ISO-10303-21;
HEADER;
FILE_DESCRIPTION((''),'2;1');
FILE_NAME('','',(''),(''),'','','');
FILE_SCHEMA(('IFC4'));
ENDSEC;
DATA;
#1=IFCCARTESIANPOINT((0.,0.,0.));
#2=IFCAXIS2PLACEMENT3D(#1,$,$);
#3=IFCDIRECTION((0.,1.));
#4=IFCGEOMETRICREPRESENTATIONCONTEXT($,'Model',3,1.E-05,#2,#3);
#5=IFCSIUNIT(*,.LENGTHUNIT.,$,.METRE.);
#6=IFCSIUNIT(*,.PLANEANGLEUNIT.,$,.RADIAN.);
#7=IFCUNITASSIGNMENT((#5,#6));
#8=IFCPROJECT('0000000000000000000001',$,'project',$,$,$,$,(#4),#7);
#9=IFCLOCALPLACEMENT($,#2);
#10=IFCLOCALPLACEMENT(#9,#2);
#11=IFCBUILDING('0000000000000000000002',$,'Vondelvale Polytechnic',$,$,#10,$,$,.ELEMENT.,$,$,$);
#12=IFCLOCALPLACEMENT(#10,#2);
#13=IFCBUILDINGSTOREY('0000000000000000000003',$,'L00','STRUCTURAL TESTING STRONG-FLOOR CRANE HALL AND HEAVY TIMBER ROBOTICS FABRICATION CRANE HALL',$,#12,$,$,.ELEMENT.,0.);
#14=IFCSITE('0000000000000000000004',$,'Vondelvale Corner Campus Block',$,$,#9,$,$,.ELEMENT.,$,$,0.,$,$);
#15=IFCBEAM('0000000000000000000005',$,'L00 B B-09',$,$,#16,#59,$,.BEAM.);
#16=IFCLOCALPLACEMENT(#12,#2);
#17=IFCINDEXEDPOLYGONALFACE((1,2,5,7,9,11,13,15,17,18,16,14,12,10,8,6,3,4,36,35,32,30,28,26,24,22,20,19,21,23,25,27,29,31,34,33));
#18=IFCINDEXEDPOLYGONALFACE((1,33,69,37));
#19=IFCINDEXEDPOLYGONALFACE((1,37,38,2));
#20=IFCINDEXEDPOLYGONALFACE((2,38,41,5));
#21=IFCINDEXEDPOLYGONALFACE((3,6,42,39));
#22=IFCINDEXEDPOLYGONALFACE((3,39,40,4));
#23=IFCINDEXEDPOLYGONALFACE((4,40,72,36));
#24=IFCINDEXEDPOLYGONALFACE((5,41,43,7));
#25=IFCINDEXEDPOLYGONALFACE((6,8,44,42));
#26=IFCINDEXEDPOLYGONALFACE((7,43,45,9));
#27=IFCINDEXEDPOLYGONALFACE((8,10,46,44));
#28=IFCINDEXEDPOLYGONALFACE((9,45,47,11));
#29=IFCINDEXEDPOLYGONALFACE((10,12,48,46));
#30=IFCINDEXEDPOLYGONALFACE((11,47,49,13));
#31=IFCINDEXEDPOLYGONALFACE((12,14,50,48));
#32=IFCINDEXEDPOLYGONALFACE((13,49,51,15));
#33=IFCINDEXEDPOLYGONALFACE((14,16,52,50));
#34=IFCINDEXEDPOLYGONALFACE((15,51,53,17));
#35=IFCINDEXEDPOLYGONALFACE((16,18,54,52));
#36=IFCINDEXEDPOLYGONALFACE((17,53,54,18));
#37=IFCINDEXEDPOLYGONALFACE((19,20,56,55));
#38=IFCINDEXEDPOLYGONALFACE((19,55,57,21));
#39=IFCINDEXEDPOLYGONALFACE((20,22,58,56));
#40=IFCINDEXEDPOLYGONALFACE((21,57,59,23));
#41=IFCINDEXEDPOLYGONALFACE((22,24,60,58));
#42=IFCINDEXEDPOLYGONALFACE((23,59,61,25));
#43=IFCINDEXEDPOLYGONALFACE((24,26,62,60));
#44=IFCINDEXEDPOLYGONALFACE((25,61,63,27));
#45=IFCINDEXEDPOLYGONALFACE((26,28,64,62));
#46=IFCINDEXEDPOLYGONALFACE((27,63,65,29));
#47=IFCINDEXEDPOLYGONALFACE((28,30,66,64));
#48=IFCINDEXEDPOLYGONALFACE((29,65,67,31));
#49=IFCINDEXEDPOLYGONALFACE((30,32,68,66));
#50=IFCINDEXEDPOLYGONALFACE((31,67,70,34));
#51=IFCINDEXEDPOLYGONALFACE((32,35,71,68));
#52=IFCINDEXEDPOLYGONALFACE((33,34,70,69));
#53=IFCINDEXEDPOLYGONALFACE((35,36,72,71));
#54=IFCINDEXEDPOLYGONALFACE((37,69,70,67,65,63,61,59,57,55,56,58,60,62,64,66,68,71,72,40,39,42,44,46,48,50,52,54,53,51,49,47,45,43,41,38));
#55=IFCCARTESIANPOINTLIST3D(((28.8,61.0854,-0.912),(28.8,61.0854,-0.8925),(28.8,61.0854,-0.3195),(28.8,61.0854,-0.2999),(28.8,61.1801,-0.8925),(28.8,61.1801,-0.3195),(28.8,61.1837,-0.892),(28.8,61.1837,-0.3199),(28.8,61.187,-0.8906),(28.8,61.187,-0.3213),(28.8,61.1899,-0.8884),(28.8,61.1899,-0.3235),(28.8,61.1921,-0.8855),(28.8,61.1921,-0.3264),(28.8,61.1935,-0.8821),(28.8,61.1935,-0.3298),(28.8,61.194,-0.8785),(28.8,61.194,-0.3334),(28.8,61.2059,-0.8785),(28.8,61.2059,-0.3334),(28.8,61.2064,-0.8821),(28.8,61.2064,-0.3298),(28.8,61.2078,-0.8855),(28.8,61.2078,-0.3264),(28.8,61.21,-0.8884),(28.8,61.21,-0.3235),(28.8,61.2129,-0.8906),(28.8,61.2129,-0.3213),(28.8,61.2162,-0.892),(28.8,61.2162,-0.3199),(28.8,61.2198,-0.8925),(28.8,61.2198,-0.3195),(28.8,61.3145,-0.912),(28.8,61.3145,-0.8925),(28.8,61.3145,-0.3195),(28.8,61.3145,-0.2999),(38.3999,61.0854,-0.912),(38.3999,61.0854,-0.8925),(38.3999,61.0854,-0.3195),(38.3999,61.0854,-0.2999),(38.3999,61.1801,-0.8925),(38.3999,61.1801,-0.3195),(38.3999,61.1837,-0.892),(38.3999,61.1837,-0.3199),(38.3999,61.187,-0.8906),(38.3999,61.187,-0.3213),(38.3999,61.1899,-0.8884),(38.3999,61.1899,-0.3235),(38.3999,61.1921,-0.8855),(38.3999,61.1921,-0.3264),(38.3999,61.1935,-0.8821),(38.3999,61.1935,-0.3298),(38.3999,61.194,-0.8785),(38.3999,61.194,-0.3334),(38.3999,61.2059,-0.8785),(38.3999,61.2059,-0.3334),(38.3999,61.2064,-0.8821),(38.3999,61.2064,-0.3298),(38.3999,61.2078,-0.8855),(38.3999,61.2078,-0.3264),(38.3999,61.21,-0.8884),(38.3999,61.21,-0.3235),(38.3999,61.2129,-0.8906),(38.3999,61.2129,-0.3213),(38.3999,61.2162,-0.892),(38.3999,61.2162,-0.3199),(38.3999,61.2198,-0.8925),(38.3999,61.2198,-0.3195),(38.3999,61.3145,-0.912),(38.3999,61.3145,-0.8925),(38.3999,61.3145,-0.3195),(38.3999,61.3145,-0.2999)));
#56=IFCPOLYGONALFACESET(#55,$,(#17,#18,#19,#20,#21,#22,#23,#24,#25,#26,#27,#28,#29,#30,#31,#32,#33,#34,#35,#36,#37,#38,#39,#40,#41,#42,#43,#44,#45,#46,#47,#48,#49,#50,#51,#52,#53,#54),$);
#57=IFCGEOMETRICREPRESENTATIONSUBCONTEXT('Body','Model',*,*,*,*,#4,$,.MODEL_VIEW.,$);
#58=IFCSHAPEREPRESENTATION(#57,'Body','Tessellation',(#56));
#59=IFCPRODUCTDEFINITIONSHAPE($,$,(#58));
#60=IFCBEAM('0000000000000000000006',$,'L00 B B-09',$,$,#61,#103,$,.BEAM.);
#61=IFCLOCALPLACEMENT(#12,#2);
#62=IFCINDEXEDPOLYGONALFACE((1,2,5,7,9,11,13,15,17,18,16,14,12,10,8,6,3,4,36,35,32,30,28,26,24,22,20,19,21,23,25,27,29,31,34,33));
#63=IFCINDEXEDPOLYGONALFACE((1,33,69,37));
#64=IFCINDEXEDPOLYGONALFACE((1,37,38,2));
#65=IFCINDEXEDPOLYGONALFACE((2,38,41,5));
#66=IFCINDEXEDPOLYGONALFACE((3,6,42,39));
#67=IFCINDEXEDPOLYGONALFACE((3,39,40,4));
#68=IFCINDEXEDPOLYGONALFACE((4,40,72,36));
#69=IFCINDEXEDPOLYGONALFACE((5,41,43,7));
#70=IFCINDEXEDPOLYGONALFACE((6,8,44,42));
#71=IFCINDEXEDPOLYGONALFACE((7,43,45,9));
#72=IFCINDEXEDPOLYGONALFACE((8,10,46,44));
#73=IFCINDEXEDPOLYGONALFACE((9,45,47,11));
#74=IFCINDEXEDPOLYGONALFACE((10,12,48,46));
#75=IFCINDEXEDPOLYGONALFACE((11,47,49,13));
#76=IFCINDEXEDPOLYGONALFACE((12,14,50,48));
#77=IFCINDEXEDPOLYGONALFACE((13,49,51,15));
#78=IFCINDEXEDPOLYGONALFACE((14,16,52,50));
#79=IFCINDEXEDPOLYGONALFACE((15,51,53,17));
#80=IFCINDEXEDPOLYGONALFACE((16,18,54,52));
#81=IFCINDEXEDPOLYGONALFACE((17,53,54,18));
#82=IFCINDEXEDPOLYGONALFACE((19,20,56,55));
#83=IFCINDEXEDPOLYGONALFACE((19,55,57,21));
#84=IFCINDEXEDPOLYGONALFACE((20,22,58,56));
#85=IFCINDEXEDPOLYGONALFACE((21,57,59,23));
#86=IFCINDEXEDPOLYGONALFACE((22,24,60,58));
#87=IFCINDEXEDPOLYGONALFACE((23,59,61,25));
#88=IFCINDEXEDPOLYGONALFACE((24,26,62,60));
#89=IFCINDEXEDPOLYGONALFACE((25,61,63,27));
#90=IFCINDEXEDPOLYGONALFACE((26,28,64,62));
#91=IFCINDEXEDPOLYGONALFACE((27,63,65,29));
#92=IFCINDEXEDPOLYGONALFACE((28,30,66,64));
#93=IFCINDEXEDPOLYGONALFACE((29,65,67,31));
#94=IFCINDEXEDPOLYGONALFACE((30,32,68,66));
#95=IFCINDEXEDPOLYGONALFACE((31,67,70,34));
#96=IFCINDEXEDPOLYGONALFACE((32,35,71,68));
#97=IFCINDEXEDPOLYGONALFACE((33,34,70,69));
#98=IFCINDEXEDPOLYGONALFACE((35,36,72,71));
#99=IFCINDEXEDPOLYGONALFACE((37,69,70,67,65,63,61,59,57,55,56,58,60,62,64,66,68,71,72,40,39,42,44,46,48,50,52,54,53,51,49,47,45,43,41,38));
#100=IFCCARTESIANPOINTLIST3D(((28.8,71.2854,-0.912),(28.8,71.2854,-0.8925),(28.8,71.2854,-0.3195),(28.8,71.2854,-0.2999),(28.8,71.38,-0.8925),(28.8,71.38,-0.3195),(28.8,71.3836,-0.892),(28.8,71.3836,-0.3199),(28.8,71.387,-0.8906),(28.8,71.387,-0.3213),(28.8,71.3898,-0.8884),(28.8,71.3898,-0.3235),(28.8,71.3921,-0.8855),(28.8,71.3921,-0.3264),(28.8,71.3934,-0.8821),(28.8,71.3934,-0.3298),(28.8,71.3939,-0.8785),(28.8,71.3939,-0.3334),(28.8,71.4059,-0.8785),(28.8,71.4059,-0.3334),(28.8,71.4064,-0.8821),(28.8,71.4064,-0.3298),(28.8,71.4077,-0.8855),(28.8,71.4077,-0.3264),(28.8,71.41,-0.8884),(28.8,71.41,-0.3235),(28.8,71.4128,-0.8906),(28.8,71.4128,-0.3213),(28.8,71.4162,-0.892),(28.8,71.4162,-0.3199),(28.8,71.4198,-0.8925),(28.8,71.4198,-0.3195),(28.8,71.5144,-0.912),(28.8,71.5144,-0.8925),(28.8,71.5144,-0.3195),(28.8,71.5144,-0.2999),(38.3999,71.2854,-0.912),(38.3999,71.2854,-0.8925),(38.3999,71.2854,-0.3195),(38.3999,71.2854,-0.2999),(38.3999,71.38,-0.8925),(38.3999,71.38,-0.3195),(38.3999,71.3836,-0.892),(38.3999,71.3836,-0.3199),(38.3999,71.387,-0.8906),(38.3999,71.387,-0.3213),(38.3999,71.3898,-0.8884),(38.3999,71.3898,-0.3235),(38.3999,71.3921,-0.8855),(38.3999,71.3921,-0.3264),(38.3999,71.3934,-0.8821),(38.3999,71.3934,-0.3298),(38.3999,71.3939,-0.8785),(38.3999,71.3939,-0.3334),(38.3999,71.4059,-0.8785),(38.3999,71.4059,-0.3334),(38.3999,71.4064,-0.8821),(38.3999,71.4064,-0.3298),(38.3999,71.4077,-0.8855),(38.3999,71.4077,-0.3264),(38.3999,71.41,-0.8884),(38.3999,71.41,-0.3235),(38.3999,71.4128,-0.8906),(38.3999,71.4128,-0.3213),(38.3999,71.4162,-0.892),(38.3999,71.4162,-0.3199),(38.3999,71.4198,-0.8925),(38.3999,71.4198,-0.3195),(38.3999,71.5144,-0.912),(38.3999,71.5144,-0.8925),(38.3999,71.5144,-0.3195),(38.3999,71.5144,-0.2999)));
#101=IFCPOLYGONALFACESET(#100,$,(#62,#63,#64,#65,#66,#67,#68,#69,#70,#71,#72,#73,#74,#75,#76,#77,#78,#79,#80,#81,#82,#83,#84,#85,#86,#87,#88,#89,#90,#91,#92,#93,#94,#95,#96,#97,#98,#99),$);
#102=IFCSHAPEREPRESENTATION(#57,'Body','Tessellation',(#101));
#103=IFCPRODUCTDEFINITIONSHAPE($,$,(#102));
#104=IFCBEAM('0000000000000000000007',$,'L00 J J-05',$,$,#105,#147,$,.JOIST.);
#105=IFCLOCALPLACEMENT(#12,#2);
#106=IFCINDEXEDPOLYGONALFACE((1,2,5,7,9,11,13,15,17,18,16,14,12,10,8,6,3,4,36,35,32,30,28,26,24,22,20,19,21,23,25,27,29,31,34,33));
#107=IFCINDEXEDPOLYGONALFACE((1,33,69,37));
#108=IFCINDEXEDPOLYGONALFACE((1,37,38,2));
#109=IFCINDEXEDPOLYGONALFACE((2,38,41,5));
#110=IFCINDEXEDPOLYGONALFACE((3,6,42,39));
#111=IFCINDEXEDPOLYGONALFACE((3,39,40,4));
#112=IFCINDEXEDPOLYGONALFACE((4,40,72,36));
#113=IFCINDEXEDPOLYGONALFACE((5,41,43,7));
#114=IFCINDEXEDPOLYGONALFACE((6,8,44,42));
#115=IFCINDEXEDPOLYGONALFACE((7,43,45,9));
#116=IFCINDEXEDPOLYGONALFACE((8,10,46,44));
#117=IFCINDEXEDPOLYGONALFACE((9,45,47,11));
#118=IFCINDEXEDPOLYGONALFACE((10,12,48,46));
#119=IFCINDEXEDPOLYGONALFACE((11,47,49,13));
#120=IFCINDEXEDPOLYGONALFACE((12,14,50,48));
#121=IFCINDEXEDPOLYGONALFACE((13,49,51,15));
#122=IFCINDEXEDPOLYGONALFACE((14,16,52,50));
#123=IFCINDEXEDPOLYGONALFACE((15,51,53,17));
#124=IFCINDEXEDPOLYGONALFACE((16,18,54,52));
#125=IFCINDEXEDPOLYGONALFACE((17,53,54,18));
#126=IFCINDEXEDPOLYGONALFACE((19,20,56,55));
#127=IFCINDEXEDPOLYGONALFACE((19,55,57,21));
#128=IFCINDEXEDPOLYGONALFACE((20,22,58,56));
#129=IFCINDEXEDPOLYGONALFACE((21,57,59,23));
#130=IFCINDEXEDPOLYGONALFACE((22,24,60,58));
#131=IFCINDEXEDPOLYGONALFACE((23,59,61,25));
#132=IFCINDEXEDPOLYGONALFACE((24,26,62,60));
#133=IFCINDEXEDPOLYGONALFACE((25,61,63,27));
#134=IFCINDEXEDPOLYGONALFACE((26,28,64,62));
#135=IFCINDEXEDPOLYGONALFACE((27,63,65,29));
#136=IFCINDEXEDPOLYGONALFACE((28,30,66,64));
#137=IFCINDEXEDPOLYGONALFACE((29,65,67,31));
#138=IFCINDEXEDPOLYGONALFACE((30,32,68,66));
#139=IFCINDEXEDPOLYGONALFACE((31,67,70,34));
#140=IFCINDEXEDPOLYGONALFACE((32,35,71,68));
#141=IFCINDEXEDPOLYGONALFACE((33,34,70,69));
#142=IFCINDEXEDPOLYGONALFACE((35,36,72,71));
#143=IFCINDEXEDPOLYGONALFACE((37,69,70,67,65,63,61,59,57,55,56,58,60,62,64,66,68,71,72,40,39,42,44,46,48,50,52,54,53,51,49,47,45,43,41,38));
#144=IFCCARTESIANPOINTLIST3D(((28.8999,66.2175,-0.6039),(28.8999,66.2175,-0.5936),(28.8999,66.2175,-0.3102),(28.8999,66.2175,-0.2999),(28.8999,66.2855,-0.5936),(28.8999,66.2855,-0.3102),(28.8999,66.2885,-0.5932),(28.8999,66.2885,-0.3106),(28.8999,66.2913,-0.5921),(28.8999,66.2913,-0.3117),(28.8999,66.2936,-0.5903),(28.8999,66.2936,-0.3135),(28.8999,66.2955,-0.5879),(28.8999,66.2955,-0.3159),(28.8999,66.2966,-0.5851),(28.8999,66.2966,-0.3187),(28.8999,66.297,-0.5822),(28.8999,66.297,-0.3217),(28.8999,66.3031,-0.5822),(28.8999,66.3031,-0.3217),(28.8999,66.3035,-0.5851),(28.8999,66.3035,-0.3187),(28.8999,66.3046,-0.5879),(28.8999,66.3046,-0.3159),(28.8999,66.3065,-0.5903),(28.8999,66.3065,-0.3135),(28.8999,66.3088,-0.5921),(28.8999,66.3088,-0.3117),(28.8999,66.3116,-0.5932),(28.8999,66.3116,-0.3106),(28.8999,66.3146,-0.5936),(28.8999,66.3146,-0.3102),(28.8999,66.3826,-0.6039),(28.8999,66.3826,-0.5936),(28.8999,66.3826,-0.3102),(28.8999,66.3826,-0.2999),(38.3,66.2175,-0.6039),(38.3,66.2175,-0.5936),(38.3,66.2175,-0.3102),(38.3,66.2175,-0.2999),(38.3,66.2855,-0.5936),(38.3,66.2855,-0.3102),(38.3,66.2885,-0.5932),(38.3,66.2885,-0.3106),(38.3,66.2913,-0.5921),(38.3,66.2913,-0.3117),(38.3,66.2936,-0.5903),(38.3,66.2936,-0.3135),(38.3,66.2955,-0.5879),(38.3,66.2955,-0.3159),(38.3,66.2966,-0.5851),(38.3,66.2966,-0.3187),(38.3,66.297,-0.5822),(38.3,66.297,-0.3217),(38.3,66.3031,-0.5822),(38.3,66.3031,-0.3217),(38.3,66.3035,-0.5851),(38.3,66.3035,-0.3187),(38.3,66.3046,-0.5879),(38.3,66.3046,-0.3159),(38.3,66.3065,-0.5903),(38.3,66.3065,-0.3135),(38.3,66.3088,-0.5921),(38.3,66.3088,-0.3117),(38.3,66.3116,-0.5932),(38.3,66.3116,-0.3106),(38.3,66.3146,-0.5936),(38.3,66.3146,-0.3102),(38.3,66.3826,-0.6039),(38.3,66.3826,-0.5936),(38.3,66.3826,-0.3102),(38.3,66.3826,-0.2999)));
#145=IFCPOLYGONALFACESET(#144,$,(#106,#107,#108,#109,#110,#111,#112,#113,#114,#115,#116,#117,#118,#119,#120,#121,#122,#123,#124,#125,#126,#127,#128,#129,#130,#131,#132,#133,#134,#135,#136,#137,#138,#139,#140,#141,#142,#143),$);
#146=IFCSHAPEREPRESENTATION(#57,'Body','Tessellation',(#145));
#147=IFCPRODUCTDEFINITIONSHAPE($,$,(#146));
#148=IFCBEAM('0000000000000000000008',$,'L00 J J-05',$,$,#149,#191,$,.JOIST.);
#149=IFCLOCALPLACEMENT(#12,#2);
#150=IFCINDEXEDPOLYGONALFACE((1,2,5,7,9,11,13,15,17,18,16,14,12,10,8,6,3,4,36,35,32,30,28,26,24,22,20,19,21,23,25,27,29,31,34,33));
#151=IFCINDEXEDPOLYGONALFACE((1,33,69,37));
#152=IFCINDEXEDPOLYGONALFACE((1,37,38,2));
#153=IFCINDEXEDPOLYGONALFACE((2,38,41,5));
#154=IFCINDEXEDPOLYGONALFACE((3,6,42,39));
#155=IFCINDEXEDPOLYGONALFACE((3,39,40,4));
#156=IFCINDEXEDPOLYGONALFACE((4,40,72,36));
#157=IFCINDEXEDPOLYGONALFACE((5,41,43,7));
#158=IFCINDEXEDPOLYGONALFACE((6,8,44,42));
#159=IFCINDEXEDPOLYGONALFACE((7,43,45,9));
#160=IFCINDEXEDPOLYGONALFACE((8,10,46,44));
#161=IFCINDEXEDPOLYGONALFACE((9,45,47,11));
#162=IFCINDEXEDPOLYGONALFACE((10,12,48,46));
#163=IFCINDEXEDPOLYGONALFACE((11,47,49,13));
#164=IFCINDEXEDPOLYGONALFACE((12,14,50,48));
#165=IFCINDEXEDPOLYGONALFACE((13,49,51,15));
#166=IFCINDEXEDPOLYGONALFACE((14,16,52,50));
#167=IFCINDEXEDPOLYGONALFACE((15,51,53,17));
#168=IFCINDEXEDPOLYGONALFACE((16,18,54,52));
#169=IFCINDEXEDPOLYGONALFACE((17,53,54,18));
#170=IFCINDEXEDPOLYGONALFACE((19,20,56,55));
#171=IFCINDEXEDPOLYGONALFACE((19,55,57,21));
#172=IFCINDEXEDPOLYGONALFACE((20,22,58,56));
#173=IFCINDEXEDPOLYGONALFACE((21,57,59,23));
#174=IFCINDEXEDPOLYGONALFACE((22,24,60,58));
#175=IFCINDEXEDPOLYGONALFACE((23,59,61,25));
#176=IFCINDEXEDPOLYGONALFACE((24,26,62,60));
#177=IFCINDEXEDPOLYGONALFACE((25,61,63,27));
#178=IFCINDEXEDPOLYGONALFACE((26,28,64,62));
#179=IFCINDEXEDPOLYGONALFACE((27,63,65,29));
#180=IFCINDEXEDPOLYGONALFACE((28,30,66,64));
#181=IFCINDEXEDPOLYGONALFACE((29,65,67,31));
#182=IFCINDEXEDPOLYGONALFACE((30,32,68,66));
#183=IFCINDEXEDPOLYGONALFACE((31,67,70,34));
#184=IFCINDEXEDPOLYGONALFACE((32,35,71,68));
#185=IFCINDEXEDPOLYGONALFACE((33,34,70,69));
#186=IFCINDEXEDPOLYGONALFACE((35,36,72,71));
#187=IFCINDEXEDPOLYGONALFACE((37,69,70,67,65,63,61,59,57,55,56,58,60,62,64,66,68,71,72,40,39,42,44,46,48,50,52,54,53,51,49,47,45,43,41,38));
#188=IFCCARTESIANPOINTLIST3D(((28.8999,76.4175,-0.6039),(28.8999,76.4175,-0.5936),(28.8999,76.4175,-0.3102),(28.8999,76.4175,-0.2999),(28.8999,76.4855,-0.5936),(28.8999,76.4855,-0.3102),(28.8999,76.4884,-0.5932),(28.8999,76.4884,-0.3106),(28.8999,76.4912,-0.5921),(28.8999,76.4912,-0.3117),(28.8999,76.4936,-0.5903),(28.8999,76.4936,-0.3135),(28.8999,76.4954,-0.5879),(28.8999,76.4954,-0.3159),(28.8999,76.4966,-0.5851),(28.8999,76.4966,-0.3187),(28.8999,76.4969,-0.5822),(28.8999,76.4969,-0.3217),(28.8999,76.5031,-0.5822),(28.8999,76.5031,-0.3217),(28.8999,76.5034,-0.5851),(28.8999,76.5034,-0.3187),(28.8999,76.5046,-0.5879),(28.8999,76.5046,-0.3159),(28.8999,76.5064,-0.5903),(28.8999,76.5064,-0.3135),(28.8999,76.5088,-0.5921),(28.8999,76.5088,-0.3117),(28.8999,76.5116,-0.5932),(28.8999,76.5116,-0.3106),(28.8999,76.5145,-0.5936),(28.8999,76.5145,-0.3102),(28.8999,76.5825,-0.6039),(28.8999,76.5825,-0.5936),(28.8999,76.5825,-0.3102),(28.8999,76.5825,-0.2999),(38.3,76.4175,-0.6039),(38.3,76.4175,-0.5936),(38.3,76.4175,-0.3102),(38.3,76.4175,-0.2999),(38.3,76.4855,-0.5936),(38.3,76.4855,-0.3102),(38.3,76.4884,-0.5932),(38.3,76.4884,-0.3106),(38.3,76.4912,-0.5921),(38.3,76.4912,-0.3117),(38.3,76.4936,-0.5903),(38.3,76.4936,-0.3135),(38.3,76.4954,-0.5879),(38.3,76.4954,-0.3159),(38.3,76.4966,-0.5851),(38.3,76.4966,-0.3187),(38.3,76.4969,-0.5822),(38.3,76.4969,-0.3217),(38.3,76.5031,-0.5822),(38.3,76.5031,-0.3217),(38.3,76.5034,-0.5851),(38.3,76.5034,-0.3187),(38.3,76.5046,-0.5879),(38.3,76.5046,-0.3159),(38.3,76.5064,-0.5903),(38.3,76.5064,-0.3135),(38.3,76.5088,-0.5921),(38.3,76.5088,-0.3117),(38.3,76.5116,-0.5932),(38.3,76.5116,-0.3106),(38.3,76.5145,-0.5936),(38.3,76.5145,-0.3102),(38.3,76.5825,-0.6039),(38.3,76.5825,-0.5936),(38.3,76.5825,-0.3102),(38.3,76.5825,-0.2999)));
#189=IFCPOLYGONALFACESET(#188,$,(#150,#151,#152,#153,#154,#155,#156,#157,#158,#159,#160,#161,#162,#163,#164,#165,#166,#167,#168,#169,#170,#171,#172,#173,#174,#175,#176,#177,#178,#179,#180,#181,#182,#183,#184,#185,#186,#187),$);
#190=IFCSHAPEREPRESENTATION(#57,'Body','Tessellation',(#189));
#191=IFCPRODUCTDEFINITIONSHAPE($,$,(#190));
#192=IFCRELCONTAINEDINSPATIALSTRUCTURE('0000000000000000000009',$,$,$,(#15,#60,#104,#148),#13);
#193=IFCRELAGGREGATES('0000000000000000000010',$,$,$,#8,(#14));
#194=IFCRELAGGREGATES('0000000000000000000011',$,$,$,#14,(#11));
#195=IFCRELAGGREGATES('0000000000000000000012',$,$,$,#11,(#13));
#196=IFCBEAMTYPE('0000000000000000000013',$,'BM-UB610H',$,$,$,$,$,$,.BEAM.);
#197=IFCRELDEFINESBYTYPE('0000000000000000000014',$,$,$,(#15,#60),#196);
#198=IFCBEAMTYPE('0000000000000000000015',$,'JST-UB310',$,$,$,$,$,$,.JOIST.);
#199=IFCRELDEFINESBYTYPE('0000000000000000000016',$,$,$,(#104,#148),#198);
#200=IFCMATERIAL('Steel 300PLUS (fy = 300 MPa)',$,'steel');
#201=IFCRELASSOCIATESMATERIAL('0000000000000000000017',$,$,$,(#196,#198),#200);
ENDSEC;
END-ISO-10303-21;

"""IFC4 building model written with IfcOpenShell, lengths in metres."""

from ifc_helpers import new_model, si_unit, direction, frame, origin, origin_2d, place, context, subcontext, project, spatial, i_section, extrude, material, material_profile, profile_set, type_object, element, save


model = new_model("IFC4")

# Units and contexts
model_context = context("Model", 3, precision=1e-05, world=origin(), true_north=direction((0.0, 1.0)))
body_context = subcontext(model_context, "Body", "Model", "MODEL_VIEW")
ifc_project = project(units=[si_unit("LENGTHUNIT", "METRE"), si_unit("PLANEANGLEUNIT", "RADIAN")], contexts=[model_context])

# Site, building, storey
site_placement = place(None, origin())
site = spatial("IfcSite", under=ifc_project, at=site_placement, Name="Vondelvale Corner Campus Block", CompositionType="ELEMENT", RefElevation=0.0)
building_placement = place(site_placement, origin())
building = spatial("IfcBuilding", under=site, at=building_placement, Name="Vondelvale Polytechnic", CompositionType="ELEMENT")
storey_placement = place(building_placement, origin())
storey = spatial("IfcBuildingStorey", under=building, at=storey_placement, Name="L00", Description="STRUCTURAL TESTING STRONG-FLOOR CRANE HALL AND HEAVY TIMBER ROBOTICS FABRICATION CRANE HALL", CompositionType="ELEMENT", Elevation=0.0)

# Beams
ifc_material_1 = material(Name="Steel 300PLUS (fy = 300 MPa)", Category="steel")
ifc_material_profile_1 = material_profile(ifc_material_1, i_section(OverallWidth=0.229, OverallDepth=0.6121, WebThickness=0.012, FlangeThickness=0.0195, FilletRadius=0.0139, at=origin_2d()), Name="610UB125")
ifc_profile_set_1 = profile_set([ifc_material_profile_1], Name="Steel 300PLUS (fy = 300 MPa)")
beam_type_1 = type_object("IfcBeamType", Name="BM-UB610H", PredefinedType="BEAM", material=ifc_profile_set_1)
for number, where, z_axis, x_axis, name in (
    (1, (28.8, 61.2, -0.606), (1.0, 0.0, 0.0), (0.0, 1.0, 0.0), "L00 B B-09"),
    (2, (28.8, 71.3999, -0.606), (1.0, 0.0, 0.0), (0.0, 1.0, 0.0), "L00 B B-09"),
):
    element("IfcBeam", number, at=place(storey_placement, frame(where, z_axis=z_axis, x_axis=x_axis)), inside=storey, type_object=beam_type_1, Name=name, PredefinedType="BEAM", context=body_context, shape_type="SweptSolid", body=[
        extrude(i_section(OverallWidth=0.229, OverallDepth=0.6121, WebThickness=0.012, FlangeThickness=0.0195, FilletRadius=0.0139, at=origin_2d()), origin(), (0.0, 0.0, 1.0), 9.5999),
    ])
ifc_material_profile_2 = material_profile(ifc_material_1, i_section(OverallWidth=0.165, OverallDepth=0.304, WebThickness=0.0061, FlangeThickness=0.0103, FilletRadius=0.0115, at=origin_2d()), Name="310UB40.4")
ifc_profile_set_2 = profile_set([ifc_material_profile_2], Name="Steel 300PLUS (fy = 300 MPa)")
beam_type_2 = type_object("IfcBeamType", Name="JST-UB310", PredefinedType="JOIST", material=ifc_profile_set_2)
for number, where, z_axis, x_axis, name in (
    (3, (28.8999, 66.3, -0.4519), (1.0, 0.0, 0.0), (0.0, 1.0, 0.0), "L00 J J-05"),
    (4, (28.8999, 76.5, -0.4519), (1.0, 0.0, 0.0), (0.0, 1.0, 0.0), "L00 J J-05"),
):
    element("IfcBeam", number, at=place(storey_placement, frame(where, z_axis=z_axis, x_axis=x_axis)), inside=storey, type_object=beam_type_2, Name=name, PredefinedType="JOIST", context=body_context, shape_type="SweptSolid", body=[
        extrude(i_section(OverallWidth=0.165, OverallDepth=0.304, WebThickness=0.0061, FlangeThickness=0.0103, FilletRadius=0.0115, at=origin_2d()), origin(), (0.0, 0.0, 1.0), 9.4001),
    ])

save(model, "model.ifc")
